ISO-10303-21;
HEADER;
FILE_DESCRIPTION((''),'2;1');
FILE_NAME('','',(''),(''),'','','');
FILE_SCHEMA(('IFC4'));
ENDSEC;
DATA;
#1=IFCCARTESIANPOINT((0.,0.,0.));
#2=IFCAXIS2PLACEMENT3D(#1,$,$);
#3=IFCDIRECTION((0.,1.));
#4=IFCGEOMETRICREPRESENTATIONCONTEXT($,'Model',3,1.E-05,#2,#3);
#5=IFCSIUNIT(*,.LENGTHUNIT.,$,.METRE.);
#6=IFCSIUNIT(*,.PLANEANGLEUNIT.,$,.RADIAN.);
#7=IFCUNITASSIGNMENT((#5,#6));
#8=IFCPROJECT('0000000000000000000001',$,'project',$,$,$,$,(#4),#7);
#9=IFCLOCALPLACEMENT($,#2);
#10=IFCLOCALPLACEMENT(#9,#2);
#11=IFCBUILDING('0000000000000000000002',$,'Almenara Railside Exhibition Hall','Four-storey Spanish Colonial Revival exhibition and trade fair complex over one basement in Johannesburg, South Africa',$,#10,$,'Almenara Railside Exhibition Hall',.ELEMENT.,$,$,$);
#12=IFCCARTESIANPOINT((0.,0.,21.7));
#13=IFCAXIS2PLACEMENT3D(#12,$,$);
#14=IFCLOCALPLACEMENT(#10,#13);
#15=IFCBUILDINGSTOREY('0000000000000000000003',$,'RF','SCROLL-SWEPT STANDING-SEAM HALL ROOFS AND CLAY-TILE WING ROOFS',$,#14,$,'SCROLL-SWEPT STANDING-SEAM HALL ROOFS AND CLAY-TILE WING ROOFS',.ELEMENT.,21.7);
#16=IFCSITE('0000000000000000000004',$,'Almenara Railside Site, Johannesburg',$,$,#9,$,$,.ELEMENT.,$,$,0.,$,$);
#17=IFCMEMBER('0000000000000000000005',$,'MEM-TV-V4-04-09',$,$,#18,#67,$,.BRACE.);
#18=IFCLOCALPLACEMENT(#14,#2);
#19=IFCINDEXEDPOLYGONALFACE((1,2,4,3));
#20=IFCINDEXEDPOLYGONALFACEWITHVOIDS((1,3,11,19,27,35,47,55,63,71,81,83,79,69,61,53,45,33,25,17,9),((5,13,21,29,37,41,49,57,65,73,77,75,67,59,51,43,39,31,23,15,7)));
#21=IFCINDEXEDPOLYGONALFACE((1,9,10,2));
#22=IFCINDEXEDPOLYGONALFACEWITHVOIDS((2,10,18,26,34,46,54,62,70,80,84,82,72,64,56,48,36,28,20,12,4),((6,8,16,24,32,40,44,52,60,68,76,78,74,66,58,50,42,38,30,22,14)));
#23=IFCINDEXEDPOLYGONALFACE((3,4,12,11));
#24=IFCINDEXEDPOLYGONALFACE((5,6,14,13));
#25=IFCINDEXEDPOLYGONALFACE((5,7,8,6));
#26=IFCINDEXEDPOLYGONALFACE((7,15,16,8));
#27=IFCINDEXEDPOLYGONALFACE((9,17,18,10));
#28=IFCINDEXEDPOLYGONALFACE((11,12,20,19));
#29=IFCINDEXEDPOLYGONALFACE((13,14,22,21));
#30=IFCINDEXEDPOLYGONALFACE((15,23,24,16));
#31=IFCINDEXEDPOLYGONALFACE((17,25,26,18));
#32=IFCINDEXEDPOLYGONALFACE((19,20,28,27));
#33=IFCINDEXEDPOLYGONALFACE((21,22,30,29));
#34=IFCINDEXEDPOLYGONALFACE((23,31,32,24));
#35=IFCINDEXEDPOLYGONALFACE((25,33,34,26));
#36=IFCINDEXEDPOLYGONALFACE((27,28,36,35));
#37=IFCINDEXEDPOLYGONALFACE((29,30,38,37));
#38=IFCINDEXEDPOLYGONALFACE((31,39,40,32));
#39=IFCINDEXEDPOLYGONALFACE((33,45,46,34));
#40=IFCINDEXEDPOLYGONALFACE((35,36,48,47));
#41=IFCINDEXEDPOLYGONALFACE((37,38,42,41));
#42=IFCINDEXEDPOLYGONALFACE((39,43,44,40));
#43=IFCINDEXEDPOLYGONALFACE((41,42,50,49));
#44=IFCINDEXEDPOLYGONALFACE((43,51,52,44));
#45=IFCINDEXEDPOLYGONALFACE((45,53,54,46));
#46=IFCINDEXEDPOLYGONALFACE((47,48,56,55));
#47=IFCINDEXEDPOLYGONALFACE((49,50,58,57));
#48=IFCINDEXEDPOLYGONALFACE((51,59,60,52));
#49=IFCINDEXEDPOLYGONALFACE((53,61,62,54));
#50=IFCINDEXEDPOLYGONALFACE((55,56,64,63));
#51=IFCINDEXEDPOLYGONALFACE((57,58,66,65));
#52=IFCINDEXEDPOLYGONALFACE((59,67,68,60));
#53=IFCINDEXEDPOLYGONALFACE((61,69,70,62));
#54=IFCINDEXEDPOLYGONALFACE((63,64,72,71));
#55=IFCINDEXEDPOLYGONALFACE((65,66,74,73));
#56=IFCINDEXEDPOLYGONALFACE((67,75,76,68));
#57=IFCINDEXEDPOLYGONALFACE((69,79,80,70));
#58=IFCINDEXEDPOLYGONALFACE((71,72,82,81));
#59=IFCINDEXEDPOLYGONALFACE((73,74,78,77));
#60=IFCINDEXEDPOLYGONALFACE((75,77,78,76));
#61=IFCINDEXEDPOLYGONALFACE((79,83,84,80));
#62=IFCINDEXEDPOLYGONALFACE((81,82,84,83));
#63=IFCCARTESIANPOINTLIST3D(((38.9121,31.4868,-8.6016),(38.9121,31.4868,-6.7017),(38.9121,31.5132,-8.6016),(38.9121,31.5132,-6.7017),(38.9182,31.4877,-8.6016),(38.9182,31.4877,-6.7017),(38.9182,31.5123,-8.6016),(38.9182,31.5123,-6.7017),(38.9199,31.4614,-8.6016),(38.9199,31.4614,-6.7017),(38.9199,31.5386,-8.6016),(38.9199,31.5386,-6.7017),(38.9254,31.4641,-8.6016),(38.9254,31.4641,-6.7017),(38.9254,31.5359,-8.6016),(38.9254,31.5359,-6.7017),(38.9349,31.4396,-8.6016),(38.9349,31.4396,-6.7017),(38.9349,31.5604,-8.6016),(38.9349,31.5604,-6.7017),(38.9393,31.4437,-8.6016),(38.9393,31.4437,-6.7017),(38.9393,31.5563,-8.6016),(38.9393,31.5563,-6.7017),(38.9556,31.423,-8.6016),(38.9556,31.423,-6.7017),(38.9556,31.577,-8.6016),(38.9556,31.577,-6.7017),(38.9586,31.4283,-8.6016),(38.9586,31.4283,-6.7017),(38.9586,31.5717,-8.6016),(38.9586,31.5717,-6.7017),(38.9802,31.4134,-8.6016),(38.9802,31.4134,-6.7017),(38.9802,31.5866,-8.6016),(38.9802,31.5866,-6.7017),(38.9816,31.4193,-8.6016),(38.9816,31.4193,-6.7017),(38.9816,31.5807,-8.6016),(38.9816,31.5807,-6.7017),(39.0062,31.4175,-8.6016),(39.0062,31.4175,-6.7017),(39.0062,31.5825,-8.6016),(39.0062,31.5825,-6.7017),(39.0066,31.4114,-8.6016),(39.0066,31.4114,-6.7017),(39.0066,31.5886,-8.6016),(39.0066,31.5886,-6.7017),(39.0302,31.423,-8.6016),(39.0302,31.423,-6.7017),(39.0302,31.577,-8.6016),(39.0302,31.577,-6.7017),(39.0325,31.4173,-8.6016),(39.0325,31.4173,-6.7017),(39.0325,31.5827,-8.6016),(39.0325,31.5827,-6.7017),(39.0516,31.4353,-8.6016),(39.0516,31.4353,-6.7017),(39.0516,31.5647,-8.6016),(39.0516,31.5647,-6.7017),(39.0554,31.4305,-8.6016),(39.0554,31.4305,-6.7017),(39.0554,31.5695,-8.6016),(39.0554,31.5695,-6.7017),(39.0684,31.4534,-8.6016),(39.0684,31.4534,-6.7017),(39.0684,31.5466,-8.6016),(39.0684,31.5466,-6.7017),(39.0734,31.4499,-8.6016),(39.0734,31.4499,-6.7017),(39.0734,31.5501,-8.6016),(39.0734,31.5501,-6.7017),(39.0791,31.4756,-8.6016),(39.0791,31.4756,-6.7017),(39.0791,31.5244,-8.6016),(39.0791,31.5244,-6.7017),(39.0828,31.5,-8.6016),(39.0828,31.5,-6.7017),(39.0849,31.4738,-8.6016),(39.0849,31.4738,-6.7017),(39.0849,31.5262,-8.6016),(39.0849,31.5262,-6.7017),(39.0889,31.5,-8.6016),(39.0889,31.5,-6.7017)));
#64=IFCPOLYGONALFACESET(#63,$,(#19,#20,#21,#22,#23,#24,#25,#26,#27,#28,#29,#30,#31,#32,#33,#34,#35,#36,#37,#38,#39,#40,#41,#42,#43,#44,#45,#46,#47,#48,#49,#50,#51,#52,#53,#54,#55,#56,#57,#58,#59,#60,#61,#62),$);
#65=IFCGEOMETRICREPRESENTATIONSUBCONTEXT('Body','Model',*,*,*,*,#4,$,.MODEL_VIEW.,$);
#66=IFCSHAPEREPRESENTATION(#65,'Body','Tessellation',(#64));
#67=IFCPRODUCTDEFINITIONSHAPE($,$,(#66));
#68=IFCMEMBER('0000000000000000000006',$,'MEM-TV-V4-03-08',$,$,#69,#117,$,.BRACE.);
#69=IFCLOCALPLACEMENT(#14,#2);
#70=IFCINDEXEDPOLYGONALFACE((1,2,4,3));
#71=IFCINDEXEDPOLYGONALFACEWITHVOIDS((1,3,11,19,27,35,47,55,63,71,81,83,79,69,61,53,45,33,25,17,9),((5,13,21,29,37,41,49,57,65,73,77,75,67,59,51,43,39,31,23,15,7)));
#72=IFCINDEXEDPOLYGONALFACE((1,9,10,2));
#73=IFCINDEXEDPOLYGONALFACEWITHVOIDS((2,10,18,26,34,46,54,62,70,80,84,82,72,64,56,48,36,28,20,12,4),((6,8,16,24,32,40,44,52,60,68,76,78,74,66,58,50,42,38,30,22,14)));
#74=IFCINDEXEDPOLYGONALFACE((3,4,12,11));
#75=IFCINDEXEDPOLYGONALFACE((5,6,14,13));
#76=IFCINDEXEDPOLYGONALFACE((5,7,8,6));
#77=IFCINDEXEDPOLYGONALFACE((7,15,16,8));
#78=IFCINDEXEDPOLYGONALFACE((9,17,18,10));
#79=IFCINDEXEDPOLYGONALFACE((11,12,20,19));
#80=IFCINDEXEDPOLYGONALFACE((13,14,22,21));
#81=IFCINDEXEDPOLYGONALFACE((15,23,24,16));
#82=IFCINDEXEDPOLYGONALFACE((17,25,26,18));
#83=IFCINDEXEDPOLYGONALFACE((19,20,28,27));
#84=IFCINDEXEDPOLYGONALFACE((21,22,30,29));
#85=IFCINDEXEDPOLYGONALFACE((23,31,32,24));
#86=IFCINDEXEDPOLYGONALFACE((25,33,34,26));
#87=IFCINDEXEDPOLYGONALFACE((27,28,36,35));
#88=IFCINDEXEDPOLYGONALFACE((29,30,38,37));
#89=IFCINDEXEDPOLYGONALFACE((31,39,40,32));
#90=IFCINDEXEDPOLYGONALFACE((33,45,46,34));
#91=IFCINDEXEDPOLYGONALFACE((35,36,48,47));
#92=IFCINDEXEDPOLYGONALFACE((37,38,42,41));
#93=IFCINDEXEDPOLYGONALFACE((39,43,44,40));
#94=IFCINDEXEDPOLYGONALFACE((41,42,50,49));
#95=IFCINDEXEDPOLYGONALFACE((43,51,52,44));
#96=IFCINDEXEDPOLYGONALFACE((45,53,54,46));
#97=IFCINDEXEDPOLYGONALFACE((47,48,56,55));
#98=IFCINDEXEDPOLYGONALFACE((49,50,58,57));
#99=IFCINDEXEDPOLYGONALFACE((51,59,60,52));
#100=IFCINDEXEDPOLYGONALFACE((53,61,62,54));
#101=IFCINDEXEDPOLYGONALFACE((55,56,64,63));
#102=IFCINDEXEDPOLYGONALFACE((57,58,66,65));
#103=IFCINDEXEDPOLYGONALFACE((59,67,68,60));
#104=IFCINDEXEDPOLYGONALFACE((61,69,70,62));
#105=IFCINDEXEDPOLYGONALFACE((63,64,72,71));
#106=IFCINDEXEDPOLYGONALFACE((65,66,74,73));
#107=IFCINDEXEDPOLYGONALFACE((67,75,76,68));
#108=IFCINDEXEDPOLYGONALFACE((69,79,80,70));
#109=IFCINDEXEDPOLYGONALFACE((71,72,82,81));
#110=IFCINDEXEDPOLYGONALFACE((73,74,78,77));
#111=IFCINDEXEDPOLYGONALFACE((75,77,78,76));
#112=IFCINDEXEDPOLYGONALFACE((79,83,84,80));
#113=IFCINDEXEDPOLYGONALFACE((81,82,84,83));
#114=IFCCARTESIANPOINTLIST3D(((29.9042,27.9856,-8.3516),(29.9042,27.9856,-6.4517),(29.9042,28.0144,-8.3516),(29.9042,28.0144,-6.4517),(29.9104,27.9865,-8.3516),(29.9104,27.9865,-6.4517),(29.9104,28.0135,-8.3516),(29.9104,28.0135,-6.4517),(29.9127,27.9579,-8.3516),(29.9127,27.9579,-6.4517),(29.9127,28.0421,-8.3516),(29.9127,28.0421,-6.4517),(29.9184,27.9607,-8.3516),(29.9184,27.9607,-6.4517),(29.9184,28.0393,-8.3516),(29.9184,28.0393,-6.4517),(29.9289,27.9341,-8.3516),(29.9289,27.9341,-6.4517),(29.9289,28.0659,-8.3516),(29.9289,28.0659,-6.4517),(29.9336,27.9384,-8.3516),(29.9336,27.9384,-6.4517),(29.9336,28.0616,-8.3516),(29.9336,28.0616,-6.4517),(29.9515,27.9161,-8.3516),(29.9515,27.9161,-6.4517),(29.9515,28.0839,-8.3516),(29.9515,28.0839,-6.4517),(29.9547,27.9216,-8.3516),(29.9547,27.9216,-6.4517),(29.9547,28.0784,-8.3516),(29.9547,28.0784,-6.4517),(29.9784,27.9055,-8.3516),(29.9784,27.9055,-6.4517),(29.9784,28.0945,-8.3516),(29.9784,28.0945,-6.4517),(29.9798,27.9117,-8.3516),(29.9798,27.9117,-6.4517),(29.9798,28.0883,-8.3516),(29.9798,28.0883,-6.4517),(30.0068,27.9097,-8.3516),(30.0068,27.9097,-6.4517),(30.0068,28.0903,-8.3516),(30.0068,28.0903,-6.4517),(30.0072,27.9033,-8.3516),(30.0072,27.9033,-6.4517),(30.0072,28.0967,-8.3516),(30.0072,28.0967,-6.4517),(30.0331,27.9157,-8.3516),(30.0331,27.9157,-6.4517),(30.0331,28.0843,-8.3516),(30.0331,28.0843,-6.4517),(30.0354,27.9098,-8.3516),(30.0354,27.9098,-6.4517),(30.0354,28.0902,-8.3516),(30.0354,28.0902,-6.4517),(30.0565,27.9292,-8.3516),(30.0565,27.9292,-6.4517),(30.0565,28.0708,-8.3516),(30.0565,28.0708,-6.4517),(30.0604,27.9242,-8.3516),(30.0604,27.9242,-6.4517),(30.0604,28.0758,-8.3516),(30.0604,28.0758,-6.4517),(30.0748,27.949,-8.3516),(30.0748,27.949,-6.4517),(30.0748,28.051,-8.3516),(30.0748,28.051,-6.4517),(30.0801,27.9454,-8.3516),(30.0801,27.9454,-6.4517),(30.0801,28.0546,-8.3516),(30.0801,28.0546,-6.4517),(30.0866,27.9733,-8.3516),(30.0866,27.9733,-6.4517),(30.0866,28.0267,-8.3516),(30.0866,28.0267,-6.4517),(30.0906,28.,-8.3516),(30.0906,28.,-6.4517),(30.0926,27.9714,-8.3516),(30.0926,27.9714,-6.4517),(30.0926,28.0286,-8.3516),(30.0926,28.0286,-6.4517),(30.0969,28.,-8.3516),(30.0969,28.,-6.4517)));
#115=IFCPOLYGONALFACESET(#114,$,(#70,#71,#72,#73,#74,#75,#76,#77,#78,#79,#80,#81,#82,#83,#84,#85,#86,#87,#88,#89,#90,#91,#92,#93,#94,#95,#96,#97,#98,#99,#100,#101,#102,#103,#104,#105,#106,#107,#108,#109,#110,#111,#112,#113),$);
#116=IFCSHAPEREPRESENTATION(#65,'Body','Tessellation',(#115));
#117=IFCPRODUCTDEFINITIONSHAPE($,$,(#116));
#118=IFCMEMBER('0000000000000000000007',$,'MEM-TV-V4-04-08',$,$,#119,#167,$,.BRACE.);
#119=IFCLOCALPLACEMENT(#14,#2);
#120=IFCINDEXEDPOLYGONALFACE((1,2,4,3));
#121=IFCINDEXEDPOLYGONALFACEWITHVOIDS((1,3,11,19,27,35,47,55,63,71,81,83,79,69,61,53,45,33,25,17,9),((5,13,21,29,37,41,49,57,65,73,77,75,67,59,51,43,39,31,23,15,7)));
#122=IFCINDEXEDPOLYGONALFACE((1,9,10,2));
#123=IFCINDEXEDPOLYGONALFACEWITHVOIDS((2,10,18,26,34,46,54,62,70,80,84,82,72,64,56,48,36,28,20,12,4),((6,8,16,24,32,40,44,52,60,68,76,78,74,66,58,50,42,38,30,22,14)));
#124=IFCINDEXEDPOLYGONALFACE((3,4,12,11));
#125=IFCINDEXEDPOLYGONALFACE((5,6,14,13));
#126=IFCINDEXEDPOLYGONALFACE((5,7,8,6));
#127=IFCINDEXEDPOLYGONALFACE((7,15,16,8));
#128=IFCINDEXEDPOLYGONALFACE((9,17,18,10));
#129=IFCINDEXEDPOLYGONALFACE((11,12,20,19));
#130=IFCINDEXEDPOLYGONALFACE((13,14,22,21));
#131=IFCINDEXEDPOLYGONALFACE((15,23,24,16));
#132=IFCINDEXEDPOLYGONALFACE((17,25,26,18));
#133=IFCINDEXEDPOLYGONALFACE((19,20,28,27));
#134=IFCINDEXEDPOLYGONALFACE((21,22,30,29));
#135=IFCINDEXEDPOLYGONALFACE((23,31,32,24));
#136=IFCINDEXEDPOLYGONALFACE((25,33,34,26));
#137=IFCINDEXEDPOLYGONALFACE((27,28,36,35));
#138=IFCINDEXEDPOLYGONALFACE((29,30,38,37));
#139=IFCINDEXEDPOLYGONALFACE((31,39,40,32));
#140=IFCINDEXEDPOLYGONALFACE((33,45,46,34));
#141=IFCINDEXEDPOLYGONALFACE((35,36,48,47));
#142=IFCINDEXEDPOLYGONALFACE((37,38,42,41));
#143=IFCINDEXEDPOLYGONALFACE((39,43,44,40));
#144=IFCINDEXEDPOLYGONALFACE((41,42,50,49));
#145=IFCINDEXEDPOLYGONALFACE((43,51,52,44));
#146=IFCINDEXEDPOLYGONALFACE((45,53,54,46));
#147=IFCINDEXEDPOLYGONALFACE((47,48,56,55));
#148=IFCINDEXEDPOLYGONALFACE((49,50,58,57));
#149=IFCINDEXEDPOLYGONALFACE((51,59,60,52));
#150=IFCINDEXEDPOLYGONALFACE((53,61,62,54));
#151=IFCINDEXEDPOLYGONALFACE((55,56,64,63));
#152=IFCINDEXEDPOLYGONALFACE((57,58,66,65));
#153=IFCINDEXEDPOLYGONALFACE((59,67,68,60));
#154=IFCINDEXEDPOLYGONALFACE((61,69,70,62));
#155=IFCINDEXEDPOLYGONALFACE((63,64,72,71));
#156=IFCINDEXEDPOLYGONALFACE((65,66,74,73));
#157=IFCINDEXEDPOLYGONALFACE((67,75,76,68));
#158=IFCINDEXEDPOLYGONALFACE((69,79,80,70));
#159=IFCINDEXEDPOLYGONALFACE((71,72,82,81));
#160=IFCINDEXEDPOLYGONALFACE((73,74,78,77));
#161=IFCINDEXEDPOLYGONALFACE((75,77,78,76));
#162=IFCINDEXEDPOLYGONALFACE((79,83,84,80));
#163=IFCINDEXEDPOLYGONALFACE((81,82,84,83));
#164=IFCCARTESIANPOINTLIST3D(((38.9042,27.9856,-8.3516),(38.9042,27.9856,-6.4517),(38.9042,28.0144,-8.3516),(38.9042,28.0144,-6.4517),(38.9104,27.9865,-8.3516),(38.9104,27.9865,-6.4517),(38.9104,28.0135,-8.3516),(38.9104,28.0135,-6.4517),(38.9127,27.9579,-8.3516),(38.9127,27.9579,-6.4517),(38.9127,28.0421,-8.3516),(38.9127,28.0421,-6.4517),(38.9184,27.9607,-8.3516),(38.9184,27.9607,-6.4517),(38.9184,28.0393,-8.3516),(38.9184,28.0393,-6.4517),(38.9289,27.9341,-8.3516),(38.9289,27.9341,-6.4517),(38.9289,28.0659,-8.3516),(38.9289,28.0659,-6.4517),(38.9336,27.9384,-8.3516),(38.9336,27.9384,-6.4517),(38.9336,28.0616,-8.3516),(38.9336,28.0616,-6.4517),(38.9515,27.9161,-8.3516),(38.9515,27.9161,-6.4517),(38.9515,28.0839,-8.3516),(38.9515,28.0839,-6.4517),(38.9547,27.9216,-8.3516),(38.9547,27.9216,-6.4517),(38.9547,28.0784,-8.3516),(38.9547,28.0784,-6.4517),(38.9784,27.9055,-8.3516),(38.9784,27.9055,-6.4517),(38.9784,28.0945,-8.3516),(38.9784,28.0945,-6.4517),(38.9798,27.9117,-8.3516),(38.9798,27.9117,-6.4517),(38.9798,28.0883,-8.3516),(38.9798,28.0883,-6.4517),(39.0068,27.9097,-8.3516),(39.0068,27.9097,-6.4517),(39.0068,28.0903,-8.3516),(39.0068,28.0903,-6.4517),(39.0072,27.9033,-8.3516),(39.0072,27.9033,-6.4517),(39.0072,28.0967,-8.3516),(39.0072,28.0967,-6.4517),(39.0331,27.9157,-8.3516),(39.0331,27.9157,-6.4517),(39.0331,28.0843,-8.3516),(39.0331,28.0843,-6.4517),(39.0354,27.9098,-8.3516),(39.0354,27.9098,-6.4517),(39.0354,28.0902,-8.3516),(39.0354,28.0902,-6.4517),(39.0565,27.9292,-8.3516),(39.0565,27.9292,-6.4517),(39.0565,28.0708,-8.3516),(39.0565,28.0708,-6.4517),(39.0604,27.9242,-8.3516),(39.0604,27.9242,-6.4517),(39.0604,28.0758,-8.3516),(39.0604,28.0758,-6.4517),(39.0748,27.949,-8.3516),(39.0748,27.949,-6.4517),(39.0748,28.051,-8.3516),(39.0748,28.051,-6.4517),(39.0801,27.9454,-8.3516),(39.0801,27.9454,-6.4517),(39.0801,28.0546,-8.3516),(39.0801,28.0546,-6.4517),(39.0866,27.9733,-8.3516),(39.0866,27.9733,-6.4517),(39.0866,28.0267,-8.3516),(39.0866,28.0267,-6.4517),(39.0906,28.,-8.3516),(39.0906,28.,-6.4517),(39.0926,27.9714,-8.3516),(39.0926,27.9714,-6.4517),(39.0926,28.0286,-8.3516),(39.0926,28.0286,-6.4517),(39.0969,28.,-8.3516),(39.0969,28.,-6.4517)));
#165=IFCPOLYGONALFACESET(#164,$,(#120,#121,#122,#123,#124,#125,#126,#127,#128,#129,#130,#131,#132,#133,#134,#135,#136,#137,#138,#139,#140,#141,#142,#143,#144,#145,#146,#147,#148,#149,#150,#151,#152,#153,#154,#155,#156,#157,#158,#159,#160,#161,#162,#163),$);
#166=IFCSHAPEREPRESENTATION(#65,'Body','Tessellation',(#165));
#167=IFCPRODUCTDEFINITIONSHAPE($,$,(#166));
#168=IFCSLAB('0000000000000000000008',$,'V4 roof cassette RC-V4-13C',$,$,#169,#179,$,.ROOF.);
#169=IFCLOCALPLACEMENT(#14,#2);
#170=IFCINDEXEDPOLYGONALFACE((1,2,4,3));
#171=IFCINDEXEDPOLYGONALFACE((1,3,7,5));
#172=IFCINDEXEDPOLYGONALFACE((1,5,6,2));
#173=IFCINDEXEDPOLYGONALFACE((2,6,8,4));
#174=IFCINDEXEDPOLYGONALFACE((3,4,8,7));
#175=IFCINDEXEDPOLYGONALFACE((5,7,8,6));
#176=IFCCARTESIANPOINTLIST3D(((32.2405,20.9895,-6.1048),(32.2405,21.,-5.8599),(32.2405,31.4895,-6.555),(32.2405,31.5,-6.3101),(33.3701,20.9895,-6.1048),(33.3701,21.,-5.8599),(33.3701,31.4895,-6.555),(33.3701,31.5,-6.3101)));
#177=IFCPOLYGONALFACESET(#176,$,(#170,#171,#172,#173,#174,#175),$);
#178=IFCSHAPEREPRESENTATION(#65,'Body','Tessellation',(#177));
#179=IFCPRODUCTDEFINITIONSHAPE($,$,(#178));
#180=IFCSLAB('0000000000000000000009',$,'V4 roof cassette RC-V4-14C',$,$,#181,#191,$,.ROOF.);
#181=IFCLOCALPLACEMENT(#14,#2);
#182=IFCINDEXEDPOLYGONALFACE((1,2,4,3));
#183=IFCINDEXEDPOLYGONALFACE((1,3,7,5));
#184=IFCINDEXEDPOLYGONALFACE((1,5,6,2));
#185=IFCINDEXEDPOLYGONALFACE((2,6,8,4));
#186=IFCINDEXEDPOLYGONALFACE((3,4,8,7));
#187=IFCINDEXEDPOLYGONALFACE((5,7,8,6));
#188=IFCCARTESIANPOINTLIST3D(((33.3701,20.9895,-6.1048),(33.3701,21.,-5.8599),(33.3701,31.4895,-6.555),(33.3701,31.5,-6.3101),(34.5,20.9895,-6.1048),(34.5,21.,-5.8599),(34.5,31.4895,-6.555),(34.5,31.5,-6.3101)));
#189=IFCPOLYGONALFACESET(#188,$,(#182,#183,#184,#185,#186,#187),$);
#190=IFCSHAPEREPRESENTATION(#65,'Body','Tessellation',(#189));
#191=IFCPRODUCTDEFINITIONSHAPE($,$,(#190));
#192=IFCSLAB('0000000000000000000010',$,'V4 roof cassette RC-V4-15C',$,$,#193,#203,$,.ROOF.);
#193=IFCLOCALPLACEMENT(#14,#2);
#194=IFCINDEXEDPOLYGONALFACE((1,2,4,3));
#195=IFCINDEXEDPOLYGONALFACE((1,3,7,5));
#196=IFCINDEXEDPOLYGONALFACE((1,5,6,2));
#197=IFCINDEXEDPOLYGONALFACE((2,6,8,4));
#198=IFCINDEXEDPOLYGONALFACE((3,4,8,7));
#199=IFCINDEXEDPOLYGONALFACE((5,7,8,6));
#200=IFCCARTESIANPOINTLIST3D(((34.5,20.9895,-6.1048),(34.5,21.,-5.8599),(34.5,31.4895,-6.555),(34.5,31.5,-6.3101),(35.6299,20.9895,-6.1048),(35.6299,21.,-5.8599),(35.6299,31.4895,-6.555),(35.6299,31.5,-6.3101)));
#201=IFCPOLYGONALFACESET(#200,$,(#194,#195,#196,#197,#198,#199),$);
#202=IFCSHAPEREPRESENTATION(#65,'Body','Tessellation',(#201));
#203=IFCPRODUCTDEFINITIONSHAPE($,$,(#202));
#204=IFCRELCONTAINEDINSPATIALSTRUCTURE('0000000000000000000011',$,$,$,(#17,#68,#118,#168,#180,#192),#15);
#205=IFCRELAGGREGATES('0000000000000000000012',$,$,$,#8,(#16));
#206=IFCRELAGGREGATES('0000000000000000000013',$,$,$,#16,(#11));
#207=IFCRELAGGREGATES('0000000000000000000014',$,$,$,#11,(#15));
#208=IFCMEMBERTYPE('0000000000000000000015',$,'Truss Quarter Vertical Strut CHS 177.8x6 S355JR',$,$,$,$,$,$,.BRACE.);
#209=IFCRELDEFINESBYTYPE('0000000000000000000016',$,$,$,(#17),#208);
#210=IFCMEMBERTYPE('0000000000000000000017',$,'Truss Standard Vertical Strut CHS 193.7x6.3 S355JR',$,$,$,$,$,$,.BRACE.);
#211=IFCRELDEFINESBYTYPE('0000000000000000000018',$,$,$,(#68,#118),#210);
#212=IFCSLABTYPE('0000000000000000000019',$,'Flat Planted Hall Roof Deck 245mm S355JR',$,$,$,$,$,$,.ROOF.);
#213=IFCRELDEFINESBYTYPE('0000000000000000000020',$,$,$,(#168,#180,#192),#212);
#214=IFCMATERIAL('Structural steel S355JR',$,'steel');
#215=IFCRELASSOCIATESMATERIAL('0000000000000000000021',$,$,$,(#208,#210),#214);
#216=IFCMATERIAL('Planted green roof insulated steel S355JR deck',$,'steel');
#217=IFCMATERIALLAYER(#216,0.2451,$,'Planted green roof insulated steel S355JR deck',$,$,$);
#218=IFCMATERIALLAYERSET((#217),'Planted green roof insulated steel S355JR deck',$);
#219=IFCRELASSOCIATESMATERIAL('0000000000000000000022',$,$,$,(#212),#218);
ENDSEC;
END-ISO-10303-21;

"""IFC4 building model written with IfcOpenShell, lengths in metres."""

from ifc_helpers import new_model, si_unit, direction, frame, origin, origin_2d, place, context, subcontext, project, spatial, polyline, hollow_circle, outline, extrude, material, layer, layer_set, material_profile, profile_set, type_object, element, save


model = new_model("IFC4")

# Units and contexts
model_context = context("Model", 3, precision=1e-05, world=origin(), true_north=direction((0.0, 1.0)))
body_context = subcontext(model_context, "Body", "Model", "MODEL_VIEW")
ifc_project = project(units=[si_unit("LENGTHUNIT", "METRE"), si_unit("PLANEANGLEUNIT", "RADIAN")], contexts=[model_context])

# Site, building, storey
site_placement = place(None, origin())
site = spatial("IfcSite", under=ifc_project, at=site_placement, Name="Almenara Railside Site, Johannesburg", CompositionType="ELEMENT", RefElevation=0.0)
building_placement = place(site_placement, origin())
building = spatial("IfcBuilding", under=site, at=building_placement, Name="Almenara Railside Exhibition Hall", Description="Four-storey Spanish Colonial Revival exhibition and trade fair complex over one basement in Johannesburg, South Africa", LongName="Almenara Railside Exhibition Hall", CompositionType="ELEMENT")
storey_placement = place(building_placement, frame((0.0, 0.0, 21.7)))
storey = spatial("IfcBuildingStorey", under=building, at=storey_placement, Name="RF", Description="SCROLL-SWEPT STANDING-SEAM HALL ROOFS AND CLAY-TILE WING ROOFS", LongName="SCROLL-SWEPT STANDING-SEAM HALL ROOFS AND CLAY-TILE WING ROOFS", CompositionType="ELEMENT", Elevation=21.7)

# Members
ifc_material_1 = material(Name="Structural steel S355JR", Category="steel")
ifc_material_profile_1 = material_profile(ifc_material_1, hollow_circle(Radius=0.0889, WallThickness=0.0061, at=origin_2d()), Name="CHS 177.8x6")
ifc_profile_set_1 = profile_set([ifc_material_profile_1], Name="Structural steel S355JR")
member_type_1 = type_object("IfcMemberType", Name="Truss Quarter Vertical Strut CHS 177.8x6 S355JR", PredefinedType="BRACE", material=ifc_profile_set_1)
for number, where, z_axis, x_axis, name in (
    (1, (39.0, 31.5, -8.6016), (0.0, 0.0, 1.0), (1.0, 0.0, 0.0), "MEM-TV-V4-04-09"),
):
    element("IfcMember", number, at=place(storey_placement, frame(where, z_axis=z_axis, x_axis=x_axis)), inside=storey, type_object=member_type_1, Name=name, PredefinedType="BRACE", context=body_context, shape_type="SweptSolid", body=[
        extrude(hollow_circle(Radius=0.0889, WallThickness=0.0061, at=origin_2d()), origin(), (0.0, 0.0, 1.0), 1.8999),
    ])
ifc_material_profile_2 = material_profile(ifc_material_1, hollow_circle(Radius=0.0969, WallThickness=0.0063, at=origin_2d()), Name="CHS 193.7x6.3")
ifc_profile_set_2 = profile_set([ifc_material_profile_2], Name="Structural steel S355JR")
member_type_2 = type_object("IfcMemberType", Name="Truss Standard Vertical Strut CHS 193.7x6.3 S355JR", PredefinedType="BRACE", material=ifc_profile_set_2)
for number, where, z_axis, x_axis, name in (
    (2, (30.0, 28.0, -8.3516), (0.0, 0.0, 1.0), (1.0, 0.0, 0.0), "MEM-TV-V4-03-08"),
    (3, (39.0, 28.0, -8.3516), (0.0, 0.0, 1.0), (1.0, 0.0, 0.0), "MEM-TV-V4-04-08"),
):
    element("IfcMember", number, at=place(storey_placement, frame(where, z_axis=z_axis, x_axis=x_axis)), inside=storey, type_object=member_type_2, Name=name, PredefinedType="BRACE", context=body_context, shape_type="SweptSolid", body=[
        extrude(hollow_circle(Radius=0.0969, WallThickness=0.0063, at=origin_2d()), origin(), (0.0, 0.0, 1.0), 1.8999),
    ])

# Slabs
ifc_material_2 = material(Name="Planted green roof insulated steel S355JR deck", Category="steel")
ifc_layer_1 = layer(ifc_material_2, 0.2451, Name="Planted green roof insulated steel S355JR deck")
ifc_layer_set_1 = layer_set([ifc_layer_1], Name="Planted green roof insulated steel S355JR deck")
slab_type_1 = type_object("IfcSlabType", Name="Flat Planted Hall Roof Deck 245mm S355JR", PredefinedType="ROOF", material=ifc_layer_set_1)
slab_1_placement = place(storey_placement, frame((32.2405, 31.5, -6.3101), z_axis=(0.0, 0.042836, 0.999082), x_axis=(1.0, 0.0, 0.0)))
element("IfcSlab", 4, at=slab_1_placement, inside=storey, type_object=slab_type_1, Name="V4 roof cassette RC-V4-13C", PredefinedType="ROOF", context=body_context, shape_type="SweptSolid", body=[
    extrude(outline(polyline([(0.0, 0.0), (1.1296, 0.0), (1.1296, -10.5096), (0.0, -10.5096), (0.0, 0.0)])), origin(), (0.0, 0.0, -1.0), 0.2451),
])
for number, where, z_axis, x_axis, name in (
    (5, (33.3701, 31.5, -6.3101), (0.0, 0.042836, 0.999082), (1.0, 0.0, 0.0), "V4 roof cassette RC-V4-14C"),
    (6, (34.5, 31.5, -6.3101), (0.0, 0.042836, 0.999082), (1.0, 0.0, 0.0), "V4 roof cassette RC-V4-15C"),
):
    element("IfcSlab", number, at=place(storey_placement, frame(where, z_axis=z_axis, x_axis=x_axis)), inside=storey, type_object=slab_type_1, Name=name, PredefinedType="ROOF", context=body_context, shape_type="SweptSolid", body=[
        extrude(outline(polyline([(0.0, 0.0), (1.1299, 0.0), (1.1299, -10.5096), (0.0, -10.5096), (0.0, 0.0)])), origin(), (0.0, 0.0, -1.0), 0.2451),
    ])

save(model, "model.ifc")
